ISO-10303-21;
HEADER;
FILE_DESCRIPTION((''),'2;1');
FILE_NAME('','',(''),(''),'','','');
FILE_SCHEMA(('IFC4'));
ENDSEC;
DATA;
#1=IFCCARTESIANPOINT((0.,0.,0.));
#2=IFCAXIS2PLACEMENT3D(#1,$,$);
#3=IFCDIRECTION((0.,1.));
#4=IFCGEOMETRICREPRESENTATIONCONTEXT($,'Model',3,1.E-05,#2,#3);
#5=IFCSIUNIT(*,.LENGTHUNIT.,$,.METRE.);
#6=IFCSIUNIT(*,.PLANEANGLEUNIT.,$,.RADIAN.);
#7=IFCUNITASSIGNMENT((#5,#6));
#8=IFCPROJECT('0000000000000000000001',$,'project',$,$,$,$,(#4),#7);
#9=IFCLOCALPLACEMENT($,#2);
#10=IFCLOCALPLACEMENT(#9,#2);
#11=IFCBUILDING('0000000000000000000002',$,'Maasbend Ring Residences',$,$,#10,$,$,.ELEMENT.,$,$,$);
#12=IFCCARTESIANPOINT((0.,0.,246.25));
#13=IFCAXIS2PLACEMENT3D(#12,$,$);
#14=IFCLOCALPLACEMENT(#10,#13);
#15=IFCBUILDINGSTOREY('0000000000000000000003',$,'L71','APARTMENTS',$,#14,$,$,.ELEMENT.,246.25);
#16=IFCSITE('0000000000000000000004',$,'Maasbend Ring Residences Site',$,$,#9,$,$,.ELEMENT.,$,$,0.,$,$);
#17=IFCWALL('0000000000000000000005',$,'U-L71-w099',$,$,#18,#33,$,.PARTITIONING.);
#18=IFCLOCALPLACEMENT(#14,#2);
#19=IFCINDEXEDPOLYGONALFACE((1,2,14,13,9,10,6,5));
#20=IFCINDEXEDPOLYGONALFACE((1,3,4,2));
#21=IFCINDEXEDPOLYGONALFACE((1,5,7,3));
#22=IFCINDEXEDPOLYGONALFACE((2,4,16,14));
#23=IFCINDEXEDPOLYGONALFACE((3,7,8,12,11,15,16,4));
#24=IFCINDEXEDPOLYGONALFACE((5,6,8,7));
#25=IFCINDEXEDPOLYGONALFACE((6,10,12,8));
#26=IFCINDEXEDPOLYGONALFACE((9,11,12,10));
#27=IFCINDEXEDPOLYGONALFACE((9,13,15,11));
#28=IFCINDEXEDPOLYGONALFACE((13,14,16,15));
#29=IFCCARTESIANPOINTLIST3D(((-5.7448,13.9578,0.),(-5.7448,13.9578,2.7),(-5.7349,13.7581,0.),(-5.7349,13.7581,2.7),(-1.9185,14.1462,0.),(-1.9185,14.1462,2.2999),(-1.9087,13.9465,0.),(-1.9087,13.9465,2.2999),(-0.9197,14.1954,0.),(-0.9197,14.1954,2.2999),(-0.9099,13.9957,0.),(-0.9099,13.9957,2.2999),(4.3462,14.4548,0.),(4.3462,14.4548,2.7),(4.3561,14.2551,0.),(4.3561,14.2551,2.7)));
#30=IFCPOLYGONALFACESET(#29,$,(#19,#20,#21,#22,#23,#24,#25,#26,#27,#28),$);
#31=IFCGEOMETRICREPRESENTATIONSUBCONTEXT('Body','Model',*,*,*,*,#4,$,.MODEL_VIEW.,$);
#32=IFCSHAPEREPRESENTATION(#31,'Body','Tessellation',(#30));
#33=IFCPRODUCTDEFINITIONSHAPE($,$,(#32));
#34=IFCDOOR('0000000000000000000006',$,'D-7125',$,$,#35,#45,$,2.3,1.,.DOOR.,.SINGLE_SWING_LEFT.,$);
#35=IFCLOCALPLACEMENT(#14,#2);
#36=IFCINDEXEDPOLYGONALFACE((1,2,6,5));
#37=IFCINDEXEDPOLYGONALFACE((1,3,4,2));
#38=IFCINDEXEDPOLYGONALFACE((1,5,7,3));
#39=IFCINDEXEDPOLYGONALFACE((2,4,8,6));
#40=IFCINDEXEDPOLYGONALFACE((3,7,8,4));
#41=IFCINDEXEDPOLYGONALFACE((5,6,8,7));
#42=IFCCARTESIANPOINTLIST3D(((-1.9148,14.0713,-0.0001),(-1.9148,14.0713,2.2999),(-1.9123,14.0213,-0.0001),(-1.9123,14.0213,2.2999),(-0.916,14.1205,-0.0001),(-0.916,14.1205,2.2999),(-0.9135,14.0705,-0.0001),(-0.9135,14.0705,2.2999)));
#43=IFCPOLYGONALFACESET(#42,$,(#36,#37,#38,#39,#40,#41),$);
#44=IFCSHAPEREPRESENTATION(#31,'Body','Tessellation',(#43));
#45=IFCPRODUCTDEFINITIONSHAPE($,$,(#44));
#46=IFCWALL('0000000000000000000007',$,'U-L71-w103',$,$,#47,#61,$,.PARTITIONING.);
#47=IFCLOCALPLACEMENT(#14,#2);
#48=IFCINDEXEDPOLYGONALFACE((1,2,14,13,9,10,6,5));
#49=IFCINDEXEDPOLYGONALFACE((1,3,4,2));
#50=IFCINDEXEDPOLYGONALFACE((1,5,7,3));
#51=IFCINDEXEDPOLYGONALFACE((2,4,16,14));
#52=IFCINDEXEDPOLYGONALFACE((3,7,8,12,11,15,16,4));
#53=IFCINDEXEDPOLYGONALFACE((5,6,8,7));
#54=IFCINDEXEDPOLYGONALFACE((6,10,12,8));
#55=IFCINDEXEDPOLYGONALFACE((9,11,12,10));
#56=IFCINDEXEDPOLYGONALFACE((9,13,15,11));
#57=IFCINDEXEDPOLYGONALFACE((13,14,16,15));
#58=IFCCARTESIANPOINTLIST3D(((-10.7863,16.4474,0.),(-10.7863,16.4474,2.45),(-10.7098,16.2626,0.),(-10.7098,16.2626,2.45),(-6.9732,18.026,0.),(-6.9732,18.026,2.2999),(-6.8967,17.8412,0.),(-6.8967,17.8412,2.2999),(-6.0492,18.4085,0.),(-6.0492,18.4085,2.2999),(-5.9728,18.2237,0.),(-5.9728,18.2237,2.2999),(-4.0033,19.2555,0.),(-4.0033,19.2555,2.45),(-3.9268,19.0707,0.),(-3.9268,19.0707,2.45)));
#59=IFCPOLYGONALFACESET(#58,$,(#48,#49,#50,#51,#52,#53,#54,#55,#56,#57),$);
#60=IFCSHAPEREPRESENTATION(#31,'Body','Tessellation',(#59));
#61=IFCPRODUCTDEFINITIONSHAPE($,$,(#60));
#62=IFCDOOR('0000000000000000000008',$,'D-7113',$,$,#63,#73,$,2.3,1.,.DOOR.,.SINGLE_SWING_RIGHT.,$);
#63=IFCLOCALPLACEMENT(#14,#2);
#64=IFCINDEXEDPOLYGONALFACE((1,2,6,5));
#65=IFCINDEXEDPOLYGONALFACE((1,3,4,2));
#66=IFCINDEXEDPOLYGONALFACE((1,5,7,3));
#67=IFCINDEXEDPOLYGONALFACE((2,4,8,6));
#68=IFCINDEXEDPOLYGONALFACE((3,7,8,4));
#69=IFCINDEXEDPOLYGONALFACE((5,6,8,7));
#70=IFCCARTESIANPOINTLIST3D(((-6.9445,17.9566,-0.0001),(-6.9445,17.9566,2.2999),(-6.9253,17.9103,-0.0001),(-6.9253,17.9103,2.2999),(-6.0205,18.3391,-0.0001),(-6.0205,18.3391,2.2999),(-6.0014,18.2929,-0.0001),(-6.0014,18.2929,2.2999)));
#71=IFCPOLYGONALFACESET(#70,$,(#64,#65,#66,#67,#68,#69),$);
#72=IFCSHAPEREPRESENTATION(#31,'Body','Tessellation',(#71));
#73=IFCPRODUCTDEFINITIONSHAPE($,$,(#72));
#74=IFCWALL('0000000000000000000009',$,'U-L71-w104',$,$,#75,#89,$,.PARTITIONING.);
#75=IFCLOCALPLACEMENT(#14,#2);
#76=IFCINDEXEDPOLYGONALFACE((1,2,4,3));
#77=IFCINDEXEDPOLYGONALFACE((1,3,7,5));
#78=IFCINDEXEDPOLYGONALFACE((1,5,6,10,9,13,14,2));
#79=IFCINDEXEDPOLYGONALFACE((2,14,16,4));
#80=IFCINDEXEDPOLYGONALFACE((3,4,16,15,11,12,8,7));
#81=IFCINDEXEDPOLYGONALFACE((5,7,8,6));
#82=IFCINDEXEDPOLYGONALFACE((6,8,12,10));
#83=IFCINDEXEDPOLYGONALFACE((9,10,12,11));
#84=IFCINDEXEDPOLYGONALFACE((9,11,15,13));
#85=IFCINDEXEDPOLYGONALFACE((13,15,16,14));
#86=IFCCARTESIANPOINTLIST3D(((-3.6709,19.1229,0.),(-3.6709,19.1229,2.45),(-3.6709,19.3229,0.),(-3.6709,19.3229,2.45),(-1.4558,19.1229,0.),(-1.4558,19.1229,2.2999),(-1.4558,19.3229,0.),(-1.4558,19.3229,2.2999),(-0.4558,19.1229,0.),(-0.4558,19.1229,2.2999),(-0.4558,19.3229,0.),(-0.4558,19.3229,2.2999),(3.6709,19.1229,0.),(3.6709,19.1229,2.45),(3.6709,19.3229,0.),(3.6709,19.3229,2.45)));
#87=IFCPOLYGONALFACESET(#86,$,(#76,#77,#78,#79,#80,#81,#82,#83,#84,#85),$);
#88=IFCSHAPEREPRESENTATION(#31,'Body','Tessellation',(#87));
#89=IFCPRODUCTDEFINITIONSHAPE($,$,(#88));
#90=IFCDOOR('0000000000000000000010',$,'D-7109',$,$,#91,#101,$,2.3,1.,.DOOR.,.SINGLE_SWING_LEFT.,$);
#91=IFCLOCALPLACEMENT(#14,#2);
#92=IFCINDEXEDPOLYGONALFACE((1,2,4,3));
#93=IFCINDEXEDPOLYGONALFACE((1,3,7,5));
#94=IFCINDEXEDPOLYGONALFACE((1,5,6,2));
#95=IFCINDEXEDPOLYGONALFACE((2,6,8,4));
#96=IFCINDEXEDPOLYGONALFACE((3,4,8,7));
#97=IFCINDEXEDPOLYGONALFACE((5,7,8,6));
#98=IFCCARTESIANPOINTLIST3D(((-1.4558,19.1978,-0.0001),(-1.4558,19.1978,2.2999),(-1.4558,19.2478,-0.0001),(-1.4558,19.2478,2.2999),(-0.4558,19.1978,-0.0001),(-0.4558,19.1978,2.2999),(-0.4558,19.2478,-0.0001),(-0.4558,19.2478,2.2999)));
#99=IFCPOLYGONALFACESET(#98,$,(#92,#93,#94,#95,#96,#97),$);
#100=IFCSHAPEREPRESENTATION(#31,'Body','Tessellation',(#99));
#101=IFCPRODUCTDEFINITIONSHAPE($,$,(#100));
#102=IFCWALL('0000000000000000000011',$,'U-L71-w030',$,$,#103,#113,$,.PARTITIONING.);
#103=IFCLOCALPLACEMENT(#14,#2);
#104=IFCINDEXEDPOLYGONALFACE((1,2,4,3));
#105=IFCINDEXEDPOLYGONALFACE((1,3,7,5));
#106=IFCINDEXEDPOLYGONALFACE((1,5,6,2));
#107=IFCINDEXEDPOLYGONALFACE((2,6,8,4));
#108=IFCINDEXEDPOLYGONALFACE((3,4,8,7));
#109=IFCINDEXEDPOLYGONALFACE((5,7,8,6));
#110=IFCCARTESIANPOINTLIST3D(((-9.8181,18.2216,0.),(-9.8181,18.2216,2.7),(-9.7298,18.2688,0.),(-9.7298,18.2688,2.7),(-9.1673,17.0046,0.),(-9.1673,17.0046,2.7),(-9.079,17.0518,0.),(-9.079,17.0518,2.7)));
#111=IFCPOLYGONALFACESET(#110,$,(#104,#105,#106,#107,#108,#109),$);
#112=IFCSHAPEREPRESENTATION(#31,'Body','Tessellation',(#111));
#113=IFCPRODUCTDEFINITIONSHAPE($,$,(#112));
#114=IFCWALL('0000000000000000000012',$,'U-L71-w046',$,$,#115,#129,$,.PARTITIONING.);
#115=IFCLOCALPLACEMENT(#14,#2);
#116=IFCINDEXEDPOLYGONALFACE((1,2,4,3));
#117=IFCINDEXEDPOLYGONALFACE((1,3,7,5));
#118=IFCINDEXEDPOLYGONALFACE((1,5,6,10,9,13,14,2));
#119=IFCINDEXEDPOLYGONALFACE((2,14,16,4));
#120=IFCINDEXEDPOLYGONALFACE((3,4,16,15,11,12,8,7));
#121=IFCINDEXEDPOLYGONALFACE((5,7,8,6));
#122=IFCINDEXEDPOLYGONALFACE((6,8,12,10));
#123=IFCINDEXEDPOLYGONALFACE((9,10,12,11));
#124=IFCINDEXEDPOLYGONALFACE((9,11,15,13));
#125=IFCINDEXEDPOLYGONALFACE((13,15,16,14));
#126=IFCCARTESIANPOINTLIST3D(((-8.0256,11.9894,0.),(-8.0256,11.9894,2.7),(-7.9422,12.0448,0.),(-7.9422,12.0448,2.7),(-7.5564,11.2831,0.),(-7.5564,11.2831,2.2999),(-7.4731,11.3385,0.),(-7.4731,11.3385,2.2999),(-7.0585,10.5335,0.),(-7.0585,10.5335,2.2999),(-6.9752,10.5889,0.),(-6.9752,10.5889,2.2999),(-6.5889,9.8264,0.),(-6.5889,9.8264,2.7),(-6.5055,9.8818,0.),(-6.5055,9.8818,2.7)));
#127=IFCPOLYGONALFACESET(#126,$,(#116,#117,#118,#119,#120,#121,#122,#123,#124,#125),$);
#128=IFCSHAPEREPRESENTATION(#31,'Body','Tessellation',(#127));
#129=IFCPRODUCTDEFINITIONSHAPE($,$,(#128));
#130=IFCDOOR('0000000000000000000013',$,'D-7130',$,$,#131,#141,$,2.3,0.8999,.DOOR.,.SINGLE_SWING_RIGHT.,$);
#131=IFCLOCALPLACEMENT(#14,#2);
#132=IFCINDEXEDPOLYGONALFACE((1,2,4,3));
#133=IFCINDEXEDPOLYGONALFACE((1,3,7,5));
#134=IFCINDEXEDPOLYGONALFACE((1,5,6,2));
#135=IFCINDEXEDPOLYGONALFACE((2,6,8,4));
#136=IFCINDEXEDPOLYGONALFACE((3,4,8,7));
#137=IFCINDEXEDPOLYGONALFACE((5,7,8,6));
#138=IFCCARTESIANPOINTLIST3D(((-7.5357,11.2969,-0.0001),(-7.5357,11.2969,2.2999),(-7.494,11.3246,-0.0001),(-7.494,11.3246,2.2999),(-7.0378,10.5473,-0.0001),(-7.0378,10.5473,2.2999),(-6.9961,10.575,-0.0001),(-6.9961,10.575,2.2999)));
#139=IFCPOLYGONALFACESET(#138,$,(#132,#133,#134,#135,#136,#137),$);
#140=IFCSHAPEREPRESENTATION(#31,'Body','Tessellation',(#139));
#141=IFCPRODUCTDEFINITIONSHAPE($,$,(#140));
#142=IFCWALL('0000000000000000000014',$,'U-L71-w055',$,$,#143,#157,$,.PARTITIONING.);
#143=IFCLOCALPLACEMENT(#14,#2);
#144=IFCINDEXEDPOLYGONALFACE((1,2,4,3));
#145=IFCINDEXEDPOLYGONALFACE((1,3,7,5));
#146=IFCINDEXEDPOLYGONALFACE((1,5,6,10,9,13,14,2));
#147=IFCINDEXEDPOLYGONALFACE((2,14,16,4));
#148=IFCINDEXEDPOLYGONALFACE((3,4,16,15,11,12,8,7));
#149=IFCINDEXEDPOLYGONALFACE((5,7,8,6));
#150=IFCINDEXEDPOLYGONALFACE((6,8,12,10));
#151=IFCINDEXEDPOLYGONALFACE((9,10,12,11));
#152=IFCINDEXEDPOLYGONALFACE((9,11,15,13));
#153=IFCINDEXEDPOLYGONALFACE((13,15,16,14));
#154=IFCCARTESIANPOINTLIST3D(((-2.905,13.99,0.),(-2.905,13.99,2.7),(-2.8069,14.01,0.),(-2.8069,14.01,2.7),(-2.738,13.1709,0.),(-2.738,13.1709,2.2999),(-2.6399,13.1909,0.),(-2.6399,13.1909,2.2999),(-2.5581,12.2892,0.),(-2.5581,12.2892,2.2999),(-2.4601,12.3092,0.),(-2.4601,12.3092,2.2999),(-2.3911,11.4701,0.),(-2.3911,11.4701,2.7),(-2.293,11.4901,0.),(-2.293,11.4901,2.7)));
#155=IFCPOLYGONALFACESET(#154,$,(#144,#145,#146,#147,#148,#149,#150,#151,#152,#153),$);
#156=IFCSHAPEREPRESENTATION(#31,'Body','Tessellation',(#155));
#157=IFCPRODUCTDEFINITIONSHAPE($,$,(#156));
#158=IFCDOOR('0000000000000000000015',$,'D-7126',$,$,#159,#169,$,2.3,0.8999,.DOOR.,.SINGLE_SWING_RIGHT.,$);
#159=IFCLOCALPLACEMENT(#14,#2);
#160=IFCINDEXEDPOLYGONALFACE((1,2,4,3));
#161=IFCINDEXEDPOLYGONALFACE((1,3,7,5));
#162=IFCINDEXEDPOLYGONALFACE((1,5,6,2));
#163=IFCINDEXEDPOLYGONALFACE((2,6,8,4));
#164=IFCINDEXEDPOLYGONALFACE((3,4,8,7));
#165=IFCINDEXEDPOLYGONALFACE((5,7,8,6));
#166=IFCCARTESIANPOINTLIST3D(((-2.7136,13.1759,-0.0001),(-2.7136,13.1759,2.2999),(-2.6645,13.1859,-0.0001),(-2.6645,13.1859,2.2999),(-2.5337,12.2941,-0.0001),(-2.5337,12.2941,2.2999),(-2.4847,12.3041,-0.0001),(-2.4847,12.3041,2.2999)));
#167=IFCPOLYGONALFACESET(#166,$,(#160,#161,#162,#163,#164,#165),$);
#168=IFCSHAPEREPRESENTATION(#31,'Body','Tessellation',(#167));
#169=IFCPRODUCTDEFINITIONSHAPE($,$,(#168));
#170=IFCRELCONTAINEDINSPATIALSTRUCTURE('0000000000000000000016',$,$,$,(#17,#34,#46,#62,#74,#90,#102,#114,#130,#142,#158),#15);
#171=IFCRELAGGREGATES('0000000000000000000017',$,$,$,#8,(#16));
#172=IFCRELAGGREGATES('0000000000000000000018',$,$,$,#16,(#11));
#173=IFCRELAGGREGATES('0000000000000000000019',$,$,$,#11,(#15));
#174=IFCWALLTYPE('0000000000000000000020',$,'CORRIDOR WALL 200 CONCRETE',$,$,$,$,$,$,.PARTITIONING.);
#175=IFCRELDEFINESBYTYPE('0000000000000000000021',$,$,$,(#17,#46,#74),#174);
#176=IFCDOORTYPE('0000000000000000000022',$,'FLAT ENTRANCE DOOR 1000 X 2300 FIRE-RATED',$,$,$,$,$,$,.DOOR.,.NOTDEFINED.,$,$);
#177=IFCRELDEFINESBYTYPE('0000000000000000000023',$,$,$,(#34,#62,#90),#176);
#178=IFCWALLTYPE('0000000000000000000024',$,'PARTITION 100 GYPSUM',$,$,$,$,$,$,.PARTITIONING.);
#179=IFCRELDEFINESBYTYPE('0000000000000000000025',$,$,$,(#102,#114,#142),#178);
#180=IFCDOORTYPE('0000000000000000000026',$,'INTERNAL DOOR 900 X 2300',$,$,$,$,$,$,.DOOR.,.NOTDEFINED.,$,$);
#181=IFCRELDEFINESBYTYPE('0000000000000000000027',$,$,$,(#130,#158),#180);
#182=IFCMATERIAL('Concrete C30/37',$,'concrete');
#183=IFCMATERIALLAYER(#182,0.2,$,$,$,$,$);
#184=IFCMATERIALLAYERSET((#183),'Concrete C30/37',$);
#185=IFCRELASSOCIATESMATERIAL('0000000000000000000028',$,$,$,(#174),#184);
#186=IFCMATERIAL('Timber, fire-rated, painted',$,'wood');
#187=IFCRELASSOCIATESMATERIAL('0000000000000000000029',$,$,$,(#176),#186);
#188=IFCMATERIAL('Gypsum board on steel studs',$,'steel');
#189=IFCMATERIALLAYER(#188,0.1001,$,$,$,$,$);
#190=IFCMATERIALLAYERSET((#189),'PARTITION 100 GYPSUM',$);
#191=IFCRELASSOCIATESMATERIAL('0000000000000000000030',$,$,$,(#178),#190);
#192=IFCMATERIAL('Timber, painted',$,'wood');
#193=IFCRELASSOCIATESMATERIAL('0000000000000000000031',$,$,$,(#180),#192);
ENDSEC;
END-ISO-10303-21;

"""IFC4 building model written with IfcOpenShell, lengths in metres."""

from ifc_helpers import new_model, si_unit, direction, frame, frame_2d, origin, place, context, subcontext, project, spatial, rectangle, extrude, material, layer, layer_set, type_object, element, fill, save


model = new_model("IFC4")

# Units and contexts
model_context = context("Model", 3, precision=1e-05, world=origin(), true_north=direction((0.0, 1.0)))
body_context = subcontext(model_context, "Body", "Model", "MODEL_VIEW")
ifc_project = project(units=[si_unit("LENGTHUNIT", "METRE"), si_unit("PLANEANGLEUNIT", "RADIAN")], contexts=[model_context])

# Site, building, storey
site_placement = place(None, origin())
site = spatial("IfcSite", under=ifc_project, at=site_placement, Name="Maasbend Ring Residences Site", CompositionType="ELEMENT", RefElevation=0.0)
building_placement = place(site_placement, origin())
building = spatial("IfcBuilding", under=site, at=building_placement, Name="Maasbend Ring Residences", CompositionType="ELEMENT")
storey_placement = place(building_placement, frame((0.0, 0.0, 246.25)))
storey = spatial("IfcBuildingStorey", under=building, at=storey_placement, Name="L71", Description="APARTMENTS", CompositionType="ELEMENT", Elevation=246.25)

# Walls, openings, doors
ifc_material_1 = material(Name="Concrete C30/37", Category="concrete")
ifc_layer_1 = layer(ifc_material_1, 0.2)
ifc_layer_set_1 = layer_set([ifc_layer_1], Name="Concrete C30/37")
wall_type_1 = type_object("IfcWallType", Name="CORRIDOR WALL 200 CONCRETE", PredefinedType="PARTITIONING", material=ifc_layer_set_1)
wall_1_placement = place(storey_placement, frame((-5.74, 13.8579, 0.0), z_axis=(0.0, 0.0, 1.0), x_axis=(0.998789, 0.049199, 0.0)))
wall_1 = element("IfcWall", 1, at=wall_1_placement, inside=storey, type_object=wall_type_1, Name="U-L71-w099", PredefinedType="PARTITIONING", context=body_context, shape_type="SweptSolid", body=[
    extrude(rectangle(XDim=10.1033, YDim=0.2, at=frame_2d((5.0518, 0.0))), origin(), (0.0, 0.0, 1.0), 2.7),
])
opening_1_placement = place(wall_1_placement, frame((3.8311, 0.0, 0.0)))
opening_1 = element("IfcOpeningElement", 2, at=opening_1_placement, cuts=wall_1, PredefinedType="OPENING", context=body_context, shape_type="SweptSolid", body=[
    extrude(rectangle(XDim=1.0, YDim=2.3, at=frame_2d((0.5, 1.1499))), frame((0.0, 0.1099, 0.0), z_axis=(0.0, -1.0, 0.0), x_axis=(1.0, 0.0, 0.0)), (0.0, 0.0, 1.0), 0.22),
])
ifc_material_2 = material(Name="Timber, fire-rated, painted", Category="wood")
door_type_1 = type_object("IfcDoorType", Name="FLAT ENTRANCE DOOR 1000 X 2300 FIRE-RATED", OperationType="NOTDEFINED", PredefinedType="DOOR", material=ifc_material_2)
door_1_placement = place(opening_1_placement, origin())
door_1 = element("IfcDoor", 3, at=door_1_placement, inside=storey, type_object=door_type_1, Name="D-7125", OperationType="SINGLE_SWING_LEFT", OverallHeight=2.3, OverallWidth=1.0, PredefinedType="DOOR", context=body_context, shape_type="SweptSolid", body=[
    extrude(rectangle(XDim=1.0, YDim=2.3, at=frame_2d((0.5, 1.1499))), frame((0.0, 0.0249, 0.0), z_axis=(0.0, -1.0, 0.0), x_axis=(1.0, 0.0, 0.0)), (0.0, 0.0, 1.0), 0.05),
])
fill(opening_1, door_1)
wall_2_placement = place(storey_placement, frame((-10.748, 16.355, 0.0), z_axis=(0.0, 0.0, 1.0), x_axis=(0.923951, 0.38251, 0.0)))
wall_2 = element("IfcWall", 4, at=wall_2_placement, inside=storey, type_object=wall_type_1, Name="U-L71-w103", PredefinedType="PARTITIONING", context=body_context, shape_type="SweptSolid", body=[
    extrude(rectangle(XDim=7.3413, YDim=0.2, at=frame_2d((3.6707, 0.0))), origin(), (0.0, 0.0, 1.0), 2.45),
])
opening_2_placement = place(wall_2_placement, frame((4.127, 0.0, 0.0)))
opening_2 = element("IfcOpeningElement", 5, at=opening_2_placement, cuts=wall_2, PredefinedType="OPENING", context=body_context, shape_type="SweptSolid", body=[
    extrude(rectangle(XDim=1.0, YDim=2.3, at=frame_2d((0.5, 1.1499))), frame((0.0, 0.1099, 0.0), z_axis=(0.0, -1.0, 0.0), x_axis=(1.0, 0.0, 0.0)), (0.0, 0.0, 1.0), 0.22),
])
door_2_placement = place(opening_2_placement, origin())
door_2 = element("IfcDoor", 6, at=door_2_placement, inside=storey, type_object=door_type_1, Name="D-7113", OperationType="SINGLE_SWING_RIGHT", OverallHeight=2.3, OverallWidth=1.0, PredefinedType="DOOR", context=body_context, shape_type="SweptSolid", body=[
    extrude(rectangle(XDim=1.0, YDim=2.3, at=frame_2d((0.5, 1.1499))), frame((0.0, 0.0249, 0.0), z_axis=(0.0, -1.0, 0.0), x_axis=(1.0, 0.0, 0.0)), (0.0, 0.0, 1.0), 0.05),
])
fill(opening_2, door_2)
wall_3_placement = place(storey_placement, frame((-3.6709, 19.2229, 0.0), z_axis=(0.0, 0.0, 1.0), x_axis=(1.0, 0.0, 0.0)))
wall_3 = element("IfcWall", 7, at=wall_3_placement, inside=storey, type_object=wall_type_1, Name="U-L71-w104", PredefinedType="PARTITIONING", context=body_context, shape_type="SweptSolid", body=[
    extrude(rectangle(XDim=7.3418, YDim=0.2, at=frame_2d((3.6709, 0.0))), origin(), (0.0, 0.0, 1.0), 2.45),
])
opening_3_placement = place(wall_3_placement, frame((2.2151, 0.0, 0.0)))
opening_3 = element("IfcOpeningElement", 8, at=opening_3_placement, cuts=wall_3, PredefinedType="OPENING", context=body_context, shape_type="SweptSolid", body=[
    extrude(rectangle(XDim=1.0, YDim=2.3, at=frame_2d((0.5, 1.1499))), frame((0.0, 0.1099, 0.0), z_axis=(0.0, -1.0, 0.0), x_axis=(1.0, 0.0, 0.0)), (0.0, 0.0, 1.0), 0.22),
])
door_3_placement = place(opening_3_placement, origin())
door_3 = element("IfcDoor", 9, at=door_3_placement, inside=storey, type_object=door_type_1, Name="D-7109", OperationType="SINGLE_SWING_LEFT", OverallHeight=2.3, OverallWidth=1.0, PredefinedType="DOOR", context=body_context, shape_type="SweptSolid", body=[
    extrude(rectangle(XDim=1.0, YDim=2.3, at=frame_2d((0.5, 1.1499))), frame((0.0, 0.0249, 0.0), z_axis=(0.0, -1.0, 0.0), x_axis=(1.0, 0.0, 0.0)), (0.0, 0.0, 1.0), 0.05),
])
fill(opening_3, door_3)

# Wall
ifc_material_3 = material(Name="Gypsum board on steel studs", Category="steel")
ifc_layer_2 = layer(ifc_material_3, 0.1001)
ifc_layer_set_2 = layer_set([ifc_layer_2], Name="PARTITION 100 GYPSUM")
wall_type_2 = type_object("IfcWallType", Name="PARTITION 100 GYPSUM", PredefinedType="PARTITIONING", material=ifc_layer_set_2)
wall_4_placement = place(storey_placement, frame((-9.7739, 18.2451, 0.0), z_axis=(0.0, 0.0, 1.0), x_axis=(0.471598, -0.881814, 0.0)))
element("IfcWall", 10, at=wall_4_placement, inside=storey, type_object=wall_type_2, Name="U-L71-w030", PredefinedType="PARTITIONING", context=body_context, shape_type="SweptSolid", body=[
    extrude(rectangle(XDim=1.3801, YDim=0.1001, at=frame_2d((0.6899, 0.0))), origin(), (0.0, 0.0, 1.0), 2.7),
])

# Walls, openings, doors
wall_5_placement = place(storey_placement, frame((-7.9839, 12.0171, 0.0), z_axis=(0.0, 0.0, 1.0), x_axis=(0.553289, -0.832989, 0.0)))
wall_5 = element("IfcWall", 11, at=wall_5_placement, inside=storey, type_object=wall_type_2, Name="U-L71-w046", PredefinedType="PARTITIONING", context=body_context, shape_type="SweptSolid", body=[
    extrude(rectangle(XDim=2.5967, YDim=0.1001, at=frame_2d((1.2983, 0.0))), origin(), (0.0, 0.0, 1.0), 2.7),
])
opening_4_placement = place(wall_5_placement, frame((0.8479, 0.0, 0.0)))
opening_4 = element("IfcOpeningElement", 12, at=opening_4_placement, cuts=wall_5, PredefinedType="OPENING", context=body_context, shape_type="SweptSolid", body=[
    extrude(rectangle(XDim=0.8999, YDim=2.3, at=frame_2d((0.45, 1.1499))), frame((0.0, 0.0601, 0.0), z_axis=(0.0, -1.0, 0.0), x_axis=(1.0, 0.0, 0.0)), (0.0, 0.0, 1.0), 0.1201),
])
ifc_material_4 = material(Name="Timber, painted", Category="wood")
door_type_2 = type_object("IfcDoorType", Name="INTERNAL DOOR 900 X 2300", OperationType="NOTDEFINED", PredefinedType="DOOR", material=ifc_material_4)
door_4_placement = place(opening_4_placement, origin())
door_4 = element("IfcDoor", 13, at=door_4_placement, inside=storey, type_object=door_type_2, Name="D-7130", OperationType="SINGLE_SWING_RIGHT", OverallHeight=2.3, OverallWidth=0.8999, PredefinedType="DOOR", context=body_context, shape_type="SweptSolid", body=[
    extrude(rectangle(XDim=0.8999, YDim=2.3, at=frame_2d((0.45, 1.1499))), frame((0.0, 0.0249, 0.0), z_axis=(0.0, -1.0, 0.0), x_axis=(1.0, 0.0, 0.0)), (0.0, 0.0, 1.0), 0.05),
])
fill(opening_4, door_4)
wall_6_placement = place(storey_placement, frame((-2.856, 14.0, 0.0), z_axis=(0.0, 0.0, 1.0), x_axis=(0.199821, -0.979833, 0.0)))
wall_6 = element("IfcWall", 14, at=wall_6_placement, inside=storey, type_object=wall_type_2, Name="U-L71-w055", PredefinedType="PARTITIONING", context=body_context, shape_type="SweptSolid", body=[
    extrude(rectangle(XDim=2.5718, YDim=0.1001, at=frame_2d((1.2859, 0.0))), origin(), (0.0, 0.0, 1.0), 2.7),
])
opening_5_placement = place(wall_6_placement, frame((0.8359, 0.0, 0.0)))
opening_5 = element("IfcOpeningElement", 15, at=opening_5_placement, cuts=wall_6, PredefinedType="OPENING", context=body_context, shape_type="SweptSolid", body=[
    extrude(rectangle(XDim=0.8999, YDim=2.3, at=frame_2d((0.45, 1.1499))), frame((0.0, 0.0601, 0.0), z_axis=(0.0, -1.0, 0.0), x_axis=(1.0, 0.0, 0.0)), (0.0, 0.0, 1.0), 0.1201),
])
door_5_placement = place(opening_5_placement, origin())
door_5 = element("IfcDoor", 16, at=door_5_placement, inside=storey, type_object=door_type_2, Name="D-7126", OperationType="SINGLE_SWING_RIGHT", OverallHeight=2.3, OverallWidth=0.8999, PredefinedType="DOOR", context=body_context, shape_type="SweptSolid", body=[
    extrude(rectangle(XDim=0.8999, YDim=2.3, at=frame_2d((0.45, 1.1499))), frame((0.0, 0.0249, 0.0), z_axis=(0.0, -1.0, 0.0), x_axis=(1.0, 0.0, 0.0)), (0.0, 0.0, 1.0), 0.05),
])
fill(opening_5, door_5)

save(model, "model.ifc")
